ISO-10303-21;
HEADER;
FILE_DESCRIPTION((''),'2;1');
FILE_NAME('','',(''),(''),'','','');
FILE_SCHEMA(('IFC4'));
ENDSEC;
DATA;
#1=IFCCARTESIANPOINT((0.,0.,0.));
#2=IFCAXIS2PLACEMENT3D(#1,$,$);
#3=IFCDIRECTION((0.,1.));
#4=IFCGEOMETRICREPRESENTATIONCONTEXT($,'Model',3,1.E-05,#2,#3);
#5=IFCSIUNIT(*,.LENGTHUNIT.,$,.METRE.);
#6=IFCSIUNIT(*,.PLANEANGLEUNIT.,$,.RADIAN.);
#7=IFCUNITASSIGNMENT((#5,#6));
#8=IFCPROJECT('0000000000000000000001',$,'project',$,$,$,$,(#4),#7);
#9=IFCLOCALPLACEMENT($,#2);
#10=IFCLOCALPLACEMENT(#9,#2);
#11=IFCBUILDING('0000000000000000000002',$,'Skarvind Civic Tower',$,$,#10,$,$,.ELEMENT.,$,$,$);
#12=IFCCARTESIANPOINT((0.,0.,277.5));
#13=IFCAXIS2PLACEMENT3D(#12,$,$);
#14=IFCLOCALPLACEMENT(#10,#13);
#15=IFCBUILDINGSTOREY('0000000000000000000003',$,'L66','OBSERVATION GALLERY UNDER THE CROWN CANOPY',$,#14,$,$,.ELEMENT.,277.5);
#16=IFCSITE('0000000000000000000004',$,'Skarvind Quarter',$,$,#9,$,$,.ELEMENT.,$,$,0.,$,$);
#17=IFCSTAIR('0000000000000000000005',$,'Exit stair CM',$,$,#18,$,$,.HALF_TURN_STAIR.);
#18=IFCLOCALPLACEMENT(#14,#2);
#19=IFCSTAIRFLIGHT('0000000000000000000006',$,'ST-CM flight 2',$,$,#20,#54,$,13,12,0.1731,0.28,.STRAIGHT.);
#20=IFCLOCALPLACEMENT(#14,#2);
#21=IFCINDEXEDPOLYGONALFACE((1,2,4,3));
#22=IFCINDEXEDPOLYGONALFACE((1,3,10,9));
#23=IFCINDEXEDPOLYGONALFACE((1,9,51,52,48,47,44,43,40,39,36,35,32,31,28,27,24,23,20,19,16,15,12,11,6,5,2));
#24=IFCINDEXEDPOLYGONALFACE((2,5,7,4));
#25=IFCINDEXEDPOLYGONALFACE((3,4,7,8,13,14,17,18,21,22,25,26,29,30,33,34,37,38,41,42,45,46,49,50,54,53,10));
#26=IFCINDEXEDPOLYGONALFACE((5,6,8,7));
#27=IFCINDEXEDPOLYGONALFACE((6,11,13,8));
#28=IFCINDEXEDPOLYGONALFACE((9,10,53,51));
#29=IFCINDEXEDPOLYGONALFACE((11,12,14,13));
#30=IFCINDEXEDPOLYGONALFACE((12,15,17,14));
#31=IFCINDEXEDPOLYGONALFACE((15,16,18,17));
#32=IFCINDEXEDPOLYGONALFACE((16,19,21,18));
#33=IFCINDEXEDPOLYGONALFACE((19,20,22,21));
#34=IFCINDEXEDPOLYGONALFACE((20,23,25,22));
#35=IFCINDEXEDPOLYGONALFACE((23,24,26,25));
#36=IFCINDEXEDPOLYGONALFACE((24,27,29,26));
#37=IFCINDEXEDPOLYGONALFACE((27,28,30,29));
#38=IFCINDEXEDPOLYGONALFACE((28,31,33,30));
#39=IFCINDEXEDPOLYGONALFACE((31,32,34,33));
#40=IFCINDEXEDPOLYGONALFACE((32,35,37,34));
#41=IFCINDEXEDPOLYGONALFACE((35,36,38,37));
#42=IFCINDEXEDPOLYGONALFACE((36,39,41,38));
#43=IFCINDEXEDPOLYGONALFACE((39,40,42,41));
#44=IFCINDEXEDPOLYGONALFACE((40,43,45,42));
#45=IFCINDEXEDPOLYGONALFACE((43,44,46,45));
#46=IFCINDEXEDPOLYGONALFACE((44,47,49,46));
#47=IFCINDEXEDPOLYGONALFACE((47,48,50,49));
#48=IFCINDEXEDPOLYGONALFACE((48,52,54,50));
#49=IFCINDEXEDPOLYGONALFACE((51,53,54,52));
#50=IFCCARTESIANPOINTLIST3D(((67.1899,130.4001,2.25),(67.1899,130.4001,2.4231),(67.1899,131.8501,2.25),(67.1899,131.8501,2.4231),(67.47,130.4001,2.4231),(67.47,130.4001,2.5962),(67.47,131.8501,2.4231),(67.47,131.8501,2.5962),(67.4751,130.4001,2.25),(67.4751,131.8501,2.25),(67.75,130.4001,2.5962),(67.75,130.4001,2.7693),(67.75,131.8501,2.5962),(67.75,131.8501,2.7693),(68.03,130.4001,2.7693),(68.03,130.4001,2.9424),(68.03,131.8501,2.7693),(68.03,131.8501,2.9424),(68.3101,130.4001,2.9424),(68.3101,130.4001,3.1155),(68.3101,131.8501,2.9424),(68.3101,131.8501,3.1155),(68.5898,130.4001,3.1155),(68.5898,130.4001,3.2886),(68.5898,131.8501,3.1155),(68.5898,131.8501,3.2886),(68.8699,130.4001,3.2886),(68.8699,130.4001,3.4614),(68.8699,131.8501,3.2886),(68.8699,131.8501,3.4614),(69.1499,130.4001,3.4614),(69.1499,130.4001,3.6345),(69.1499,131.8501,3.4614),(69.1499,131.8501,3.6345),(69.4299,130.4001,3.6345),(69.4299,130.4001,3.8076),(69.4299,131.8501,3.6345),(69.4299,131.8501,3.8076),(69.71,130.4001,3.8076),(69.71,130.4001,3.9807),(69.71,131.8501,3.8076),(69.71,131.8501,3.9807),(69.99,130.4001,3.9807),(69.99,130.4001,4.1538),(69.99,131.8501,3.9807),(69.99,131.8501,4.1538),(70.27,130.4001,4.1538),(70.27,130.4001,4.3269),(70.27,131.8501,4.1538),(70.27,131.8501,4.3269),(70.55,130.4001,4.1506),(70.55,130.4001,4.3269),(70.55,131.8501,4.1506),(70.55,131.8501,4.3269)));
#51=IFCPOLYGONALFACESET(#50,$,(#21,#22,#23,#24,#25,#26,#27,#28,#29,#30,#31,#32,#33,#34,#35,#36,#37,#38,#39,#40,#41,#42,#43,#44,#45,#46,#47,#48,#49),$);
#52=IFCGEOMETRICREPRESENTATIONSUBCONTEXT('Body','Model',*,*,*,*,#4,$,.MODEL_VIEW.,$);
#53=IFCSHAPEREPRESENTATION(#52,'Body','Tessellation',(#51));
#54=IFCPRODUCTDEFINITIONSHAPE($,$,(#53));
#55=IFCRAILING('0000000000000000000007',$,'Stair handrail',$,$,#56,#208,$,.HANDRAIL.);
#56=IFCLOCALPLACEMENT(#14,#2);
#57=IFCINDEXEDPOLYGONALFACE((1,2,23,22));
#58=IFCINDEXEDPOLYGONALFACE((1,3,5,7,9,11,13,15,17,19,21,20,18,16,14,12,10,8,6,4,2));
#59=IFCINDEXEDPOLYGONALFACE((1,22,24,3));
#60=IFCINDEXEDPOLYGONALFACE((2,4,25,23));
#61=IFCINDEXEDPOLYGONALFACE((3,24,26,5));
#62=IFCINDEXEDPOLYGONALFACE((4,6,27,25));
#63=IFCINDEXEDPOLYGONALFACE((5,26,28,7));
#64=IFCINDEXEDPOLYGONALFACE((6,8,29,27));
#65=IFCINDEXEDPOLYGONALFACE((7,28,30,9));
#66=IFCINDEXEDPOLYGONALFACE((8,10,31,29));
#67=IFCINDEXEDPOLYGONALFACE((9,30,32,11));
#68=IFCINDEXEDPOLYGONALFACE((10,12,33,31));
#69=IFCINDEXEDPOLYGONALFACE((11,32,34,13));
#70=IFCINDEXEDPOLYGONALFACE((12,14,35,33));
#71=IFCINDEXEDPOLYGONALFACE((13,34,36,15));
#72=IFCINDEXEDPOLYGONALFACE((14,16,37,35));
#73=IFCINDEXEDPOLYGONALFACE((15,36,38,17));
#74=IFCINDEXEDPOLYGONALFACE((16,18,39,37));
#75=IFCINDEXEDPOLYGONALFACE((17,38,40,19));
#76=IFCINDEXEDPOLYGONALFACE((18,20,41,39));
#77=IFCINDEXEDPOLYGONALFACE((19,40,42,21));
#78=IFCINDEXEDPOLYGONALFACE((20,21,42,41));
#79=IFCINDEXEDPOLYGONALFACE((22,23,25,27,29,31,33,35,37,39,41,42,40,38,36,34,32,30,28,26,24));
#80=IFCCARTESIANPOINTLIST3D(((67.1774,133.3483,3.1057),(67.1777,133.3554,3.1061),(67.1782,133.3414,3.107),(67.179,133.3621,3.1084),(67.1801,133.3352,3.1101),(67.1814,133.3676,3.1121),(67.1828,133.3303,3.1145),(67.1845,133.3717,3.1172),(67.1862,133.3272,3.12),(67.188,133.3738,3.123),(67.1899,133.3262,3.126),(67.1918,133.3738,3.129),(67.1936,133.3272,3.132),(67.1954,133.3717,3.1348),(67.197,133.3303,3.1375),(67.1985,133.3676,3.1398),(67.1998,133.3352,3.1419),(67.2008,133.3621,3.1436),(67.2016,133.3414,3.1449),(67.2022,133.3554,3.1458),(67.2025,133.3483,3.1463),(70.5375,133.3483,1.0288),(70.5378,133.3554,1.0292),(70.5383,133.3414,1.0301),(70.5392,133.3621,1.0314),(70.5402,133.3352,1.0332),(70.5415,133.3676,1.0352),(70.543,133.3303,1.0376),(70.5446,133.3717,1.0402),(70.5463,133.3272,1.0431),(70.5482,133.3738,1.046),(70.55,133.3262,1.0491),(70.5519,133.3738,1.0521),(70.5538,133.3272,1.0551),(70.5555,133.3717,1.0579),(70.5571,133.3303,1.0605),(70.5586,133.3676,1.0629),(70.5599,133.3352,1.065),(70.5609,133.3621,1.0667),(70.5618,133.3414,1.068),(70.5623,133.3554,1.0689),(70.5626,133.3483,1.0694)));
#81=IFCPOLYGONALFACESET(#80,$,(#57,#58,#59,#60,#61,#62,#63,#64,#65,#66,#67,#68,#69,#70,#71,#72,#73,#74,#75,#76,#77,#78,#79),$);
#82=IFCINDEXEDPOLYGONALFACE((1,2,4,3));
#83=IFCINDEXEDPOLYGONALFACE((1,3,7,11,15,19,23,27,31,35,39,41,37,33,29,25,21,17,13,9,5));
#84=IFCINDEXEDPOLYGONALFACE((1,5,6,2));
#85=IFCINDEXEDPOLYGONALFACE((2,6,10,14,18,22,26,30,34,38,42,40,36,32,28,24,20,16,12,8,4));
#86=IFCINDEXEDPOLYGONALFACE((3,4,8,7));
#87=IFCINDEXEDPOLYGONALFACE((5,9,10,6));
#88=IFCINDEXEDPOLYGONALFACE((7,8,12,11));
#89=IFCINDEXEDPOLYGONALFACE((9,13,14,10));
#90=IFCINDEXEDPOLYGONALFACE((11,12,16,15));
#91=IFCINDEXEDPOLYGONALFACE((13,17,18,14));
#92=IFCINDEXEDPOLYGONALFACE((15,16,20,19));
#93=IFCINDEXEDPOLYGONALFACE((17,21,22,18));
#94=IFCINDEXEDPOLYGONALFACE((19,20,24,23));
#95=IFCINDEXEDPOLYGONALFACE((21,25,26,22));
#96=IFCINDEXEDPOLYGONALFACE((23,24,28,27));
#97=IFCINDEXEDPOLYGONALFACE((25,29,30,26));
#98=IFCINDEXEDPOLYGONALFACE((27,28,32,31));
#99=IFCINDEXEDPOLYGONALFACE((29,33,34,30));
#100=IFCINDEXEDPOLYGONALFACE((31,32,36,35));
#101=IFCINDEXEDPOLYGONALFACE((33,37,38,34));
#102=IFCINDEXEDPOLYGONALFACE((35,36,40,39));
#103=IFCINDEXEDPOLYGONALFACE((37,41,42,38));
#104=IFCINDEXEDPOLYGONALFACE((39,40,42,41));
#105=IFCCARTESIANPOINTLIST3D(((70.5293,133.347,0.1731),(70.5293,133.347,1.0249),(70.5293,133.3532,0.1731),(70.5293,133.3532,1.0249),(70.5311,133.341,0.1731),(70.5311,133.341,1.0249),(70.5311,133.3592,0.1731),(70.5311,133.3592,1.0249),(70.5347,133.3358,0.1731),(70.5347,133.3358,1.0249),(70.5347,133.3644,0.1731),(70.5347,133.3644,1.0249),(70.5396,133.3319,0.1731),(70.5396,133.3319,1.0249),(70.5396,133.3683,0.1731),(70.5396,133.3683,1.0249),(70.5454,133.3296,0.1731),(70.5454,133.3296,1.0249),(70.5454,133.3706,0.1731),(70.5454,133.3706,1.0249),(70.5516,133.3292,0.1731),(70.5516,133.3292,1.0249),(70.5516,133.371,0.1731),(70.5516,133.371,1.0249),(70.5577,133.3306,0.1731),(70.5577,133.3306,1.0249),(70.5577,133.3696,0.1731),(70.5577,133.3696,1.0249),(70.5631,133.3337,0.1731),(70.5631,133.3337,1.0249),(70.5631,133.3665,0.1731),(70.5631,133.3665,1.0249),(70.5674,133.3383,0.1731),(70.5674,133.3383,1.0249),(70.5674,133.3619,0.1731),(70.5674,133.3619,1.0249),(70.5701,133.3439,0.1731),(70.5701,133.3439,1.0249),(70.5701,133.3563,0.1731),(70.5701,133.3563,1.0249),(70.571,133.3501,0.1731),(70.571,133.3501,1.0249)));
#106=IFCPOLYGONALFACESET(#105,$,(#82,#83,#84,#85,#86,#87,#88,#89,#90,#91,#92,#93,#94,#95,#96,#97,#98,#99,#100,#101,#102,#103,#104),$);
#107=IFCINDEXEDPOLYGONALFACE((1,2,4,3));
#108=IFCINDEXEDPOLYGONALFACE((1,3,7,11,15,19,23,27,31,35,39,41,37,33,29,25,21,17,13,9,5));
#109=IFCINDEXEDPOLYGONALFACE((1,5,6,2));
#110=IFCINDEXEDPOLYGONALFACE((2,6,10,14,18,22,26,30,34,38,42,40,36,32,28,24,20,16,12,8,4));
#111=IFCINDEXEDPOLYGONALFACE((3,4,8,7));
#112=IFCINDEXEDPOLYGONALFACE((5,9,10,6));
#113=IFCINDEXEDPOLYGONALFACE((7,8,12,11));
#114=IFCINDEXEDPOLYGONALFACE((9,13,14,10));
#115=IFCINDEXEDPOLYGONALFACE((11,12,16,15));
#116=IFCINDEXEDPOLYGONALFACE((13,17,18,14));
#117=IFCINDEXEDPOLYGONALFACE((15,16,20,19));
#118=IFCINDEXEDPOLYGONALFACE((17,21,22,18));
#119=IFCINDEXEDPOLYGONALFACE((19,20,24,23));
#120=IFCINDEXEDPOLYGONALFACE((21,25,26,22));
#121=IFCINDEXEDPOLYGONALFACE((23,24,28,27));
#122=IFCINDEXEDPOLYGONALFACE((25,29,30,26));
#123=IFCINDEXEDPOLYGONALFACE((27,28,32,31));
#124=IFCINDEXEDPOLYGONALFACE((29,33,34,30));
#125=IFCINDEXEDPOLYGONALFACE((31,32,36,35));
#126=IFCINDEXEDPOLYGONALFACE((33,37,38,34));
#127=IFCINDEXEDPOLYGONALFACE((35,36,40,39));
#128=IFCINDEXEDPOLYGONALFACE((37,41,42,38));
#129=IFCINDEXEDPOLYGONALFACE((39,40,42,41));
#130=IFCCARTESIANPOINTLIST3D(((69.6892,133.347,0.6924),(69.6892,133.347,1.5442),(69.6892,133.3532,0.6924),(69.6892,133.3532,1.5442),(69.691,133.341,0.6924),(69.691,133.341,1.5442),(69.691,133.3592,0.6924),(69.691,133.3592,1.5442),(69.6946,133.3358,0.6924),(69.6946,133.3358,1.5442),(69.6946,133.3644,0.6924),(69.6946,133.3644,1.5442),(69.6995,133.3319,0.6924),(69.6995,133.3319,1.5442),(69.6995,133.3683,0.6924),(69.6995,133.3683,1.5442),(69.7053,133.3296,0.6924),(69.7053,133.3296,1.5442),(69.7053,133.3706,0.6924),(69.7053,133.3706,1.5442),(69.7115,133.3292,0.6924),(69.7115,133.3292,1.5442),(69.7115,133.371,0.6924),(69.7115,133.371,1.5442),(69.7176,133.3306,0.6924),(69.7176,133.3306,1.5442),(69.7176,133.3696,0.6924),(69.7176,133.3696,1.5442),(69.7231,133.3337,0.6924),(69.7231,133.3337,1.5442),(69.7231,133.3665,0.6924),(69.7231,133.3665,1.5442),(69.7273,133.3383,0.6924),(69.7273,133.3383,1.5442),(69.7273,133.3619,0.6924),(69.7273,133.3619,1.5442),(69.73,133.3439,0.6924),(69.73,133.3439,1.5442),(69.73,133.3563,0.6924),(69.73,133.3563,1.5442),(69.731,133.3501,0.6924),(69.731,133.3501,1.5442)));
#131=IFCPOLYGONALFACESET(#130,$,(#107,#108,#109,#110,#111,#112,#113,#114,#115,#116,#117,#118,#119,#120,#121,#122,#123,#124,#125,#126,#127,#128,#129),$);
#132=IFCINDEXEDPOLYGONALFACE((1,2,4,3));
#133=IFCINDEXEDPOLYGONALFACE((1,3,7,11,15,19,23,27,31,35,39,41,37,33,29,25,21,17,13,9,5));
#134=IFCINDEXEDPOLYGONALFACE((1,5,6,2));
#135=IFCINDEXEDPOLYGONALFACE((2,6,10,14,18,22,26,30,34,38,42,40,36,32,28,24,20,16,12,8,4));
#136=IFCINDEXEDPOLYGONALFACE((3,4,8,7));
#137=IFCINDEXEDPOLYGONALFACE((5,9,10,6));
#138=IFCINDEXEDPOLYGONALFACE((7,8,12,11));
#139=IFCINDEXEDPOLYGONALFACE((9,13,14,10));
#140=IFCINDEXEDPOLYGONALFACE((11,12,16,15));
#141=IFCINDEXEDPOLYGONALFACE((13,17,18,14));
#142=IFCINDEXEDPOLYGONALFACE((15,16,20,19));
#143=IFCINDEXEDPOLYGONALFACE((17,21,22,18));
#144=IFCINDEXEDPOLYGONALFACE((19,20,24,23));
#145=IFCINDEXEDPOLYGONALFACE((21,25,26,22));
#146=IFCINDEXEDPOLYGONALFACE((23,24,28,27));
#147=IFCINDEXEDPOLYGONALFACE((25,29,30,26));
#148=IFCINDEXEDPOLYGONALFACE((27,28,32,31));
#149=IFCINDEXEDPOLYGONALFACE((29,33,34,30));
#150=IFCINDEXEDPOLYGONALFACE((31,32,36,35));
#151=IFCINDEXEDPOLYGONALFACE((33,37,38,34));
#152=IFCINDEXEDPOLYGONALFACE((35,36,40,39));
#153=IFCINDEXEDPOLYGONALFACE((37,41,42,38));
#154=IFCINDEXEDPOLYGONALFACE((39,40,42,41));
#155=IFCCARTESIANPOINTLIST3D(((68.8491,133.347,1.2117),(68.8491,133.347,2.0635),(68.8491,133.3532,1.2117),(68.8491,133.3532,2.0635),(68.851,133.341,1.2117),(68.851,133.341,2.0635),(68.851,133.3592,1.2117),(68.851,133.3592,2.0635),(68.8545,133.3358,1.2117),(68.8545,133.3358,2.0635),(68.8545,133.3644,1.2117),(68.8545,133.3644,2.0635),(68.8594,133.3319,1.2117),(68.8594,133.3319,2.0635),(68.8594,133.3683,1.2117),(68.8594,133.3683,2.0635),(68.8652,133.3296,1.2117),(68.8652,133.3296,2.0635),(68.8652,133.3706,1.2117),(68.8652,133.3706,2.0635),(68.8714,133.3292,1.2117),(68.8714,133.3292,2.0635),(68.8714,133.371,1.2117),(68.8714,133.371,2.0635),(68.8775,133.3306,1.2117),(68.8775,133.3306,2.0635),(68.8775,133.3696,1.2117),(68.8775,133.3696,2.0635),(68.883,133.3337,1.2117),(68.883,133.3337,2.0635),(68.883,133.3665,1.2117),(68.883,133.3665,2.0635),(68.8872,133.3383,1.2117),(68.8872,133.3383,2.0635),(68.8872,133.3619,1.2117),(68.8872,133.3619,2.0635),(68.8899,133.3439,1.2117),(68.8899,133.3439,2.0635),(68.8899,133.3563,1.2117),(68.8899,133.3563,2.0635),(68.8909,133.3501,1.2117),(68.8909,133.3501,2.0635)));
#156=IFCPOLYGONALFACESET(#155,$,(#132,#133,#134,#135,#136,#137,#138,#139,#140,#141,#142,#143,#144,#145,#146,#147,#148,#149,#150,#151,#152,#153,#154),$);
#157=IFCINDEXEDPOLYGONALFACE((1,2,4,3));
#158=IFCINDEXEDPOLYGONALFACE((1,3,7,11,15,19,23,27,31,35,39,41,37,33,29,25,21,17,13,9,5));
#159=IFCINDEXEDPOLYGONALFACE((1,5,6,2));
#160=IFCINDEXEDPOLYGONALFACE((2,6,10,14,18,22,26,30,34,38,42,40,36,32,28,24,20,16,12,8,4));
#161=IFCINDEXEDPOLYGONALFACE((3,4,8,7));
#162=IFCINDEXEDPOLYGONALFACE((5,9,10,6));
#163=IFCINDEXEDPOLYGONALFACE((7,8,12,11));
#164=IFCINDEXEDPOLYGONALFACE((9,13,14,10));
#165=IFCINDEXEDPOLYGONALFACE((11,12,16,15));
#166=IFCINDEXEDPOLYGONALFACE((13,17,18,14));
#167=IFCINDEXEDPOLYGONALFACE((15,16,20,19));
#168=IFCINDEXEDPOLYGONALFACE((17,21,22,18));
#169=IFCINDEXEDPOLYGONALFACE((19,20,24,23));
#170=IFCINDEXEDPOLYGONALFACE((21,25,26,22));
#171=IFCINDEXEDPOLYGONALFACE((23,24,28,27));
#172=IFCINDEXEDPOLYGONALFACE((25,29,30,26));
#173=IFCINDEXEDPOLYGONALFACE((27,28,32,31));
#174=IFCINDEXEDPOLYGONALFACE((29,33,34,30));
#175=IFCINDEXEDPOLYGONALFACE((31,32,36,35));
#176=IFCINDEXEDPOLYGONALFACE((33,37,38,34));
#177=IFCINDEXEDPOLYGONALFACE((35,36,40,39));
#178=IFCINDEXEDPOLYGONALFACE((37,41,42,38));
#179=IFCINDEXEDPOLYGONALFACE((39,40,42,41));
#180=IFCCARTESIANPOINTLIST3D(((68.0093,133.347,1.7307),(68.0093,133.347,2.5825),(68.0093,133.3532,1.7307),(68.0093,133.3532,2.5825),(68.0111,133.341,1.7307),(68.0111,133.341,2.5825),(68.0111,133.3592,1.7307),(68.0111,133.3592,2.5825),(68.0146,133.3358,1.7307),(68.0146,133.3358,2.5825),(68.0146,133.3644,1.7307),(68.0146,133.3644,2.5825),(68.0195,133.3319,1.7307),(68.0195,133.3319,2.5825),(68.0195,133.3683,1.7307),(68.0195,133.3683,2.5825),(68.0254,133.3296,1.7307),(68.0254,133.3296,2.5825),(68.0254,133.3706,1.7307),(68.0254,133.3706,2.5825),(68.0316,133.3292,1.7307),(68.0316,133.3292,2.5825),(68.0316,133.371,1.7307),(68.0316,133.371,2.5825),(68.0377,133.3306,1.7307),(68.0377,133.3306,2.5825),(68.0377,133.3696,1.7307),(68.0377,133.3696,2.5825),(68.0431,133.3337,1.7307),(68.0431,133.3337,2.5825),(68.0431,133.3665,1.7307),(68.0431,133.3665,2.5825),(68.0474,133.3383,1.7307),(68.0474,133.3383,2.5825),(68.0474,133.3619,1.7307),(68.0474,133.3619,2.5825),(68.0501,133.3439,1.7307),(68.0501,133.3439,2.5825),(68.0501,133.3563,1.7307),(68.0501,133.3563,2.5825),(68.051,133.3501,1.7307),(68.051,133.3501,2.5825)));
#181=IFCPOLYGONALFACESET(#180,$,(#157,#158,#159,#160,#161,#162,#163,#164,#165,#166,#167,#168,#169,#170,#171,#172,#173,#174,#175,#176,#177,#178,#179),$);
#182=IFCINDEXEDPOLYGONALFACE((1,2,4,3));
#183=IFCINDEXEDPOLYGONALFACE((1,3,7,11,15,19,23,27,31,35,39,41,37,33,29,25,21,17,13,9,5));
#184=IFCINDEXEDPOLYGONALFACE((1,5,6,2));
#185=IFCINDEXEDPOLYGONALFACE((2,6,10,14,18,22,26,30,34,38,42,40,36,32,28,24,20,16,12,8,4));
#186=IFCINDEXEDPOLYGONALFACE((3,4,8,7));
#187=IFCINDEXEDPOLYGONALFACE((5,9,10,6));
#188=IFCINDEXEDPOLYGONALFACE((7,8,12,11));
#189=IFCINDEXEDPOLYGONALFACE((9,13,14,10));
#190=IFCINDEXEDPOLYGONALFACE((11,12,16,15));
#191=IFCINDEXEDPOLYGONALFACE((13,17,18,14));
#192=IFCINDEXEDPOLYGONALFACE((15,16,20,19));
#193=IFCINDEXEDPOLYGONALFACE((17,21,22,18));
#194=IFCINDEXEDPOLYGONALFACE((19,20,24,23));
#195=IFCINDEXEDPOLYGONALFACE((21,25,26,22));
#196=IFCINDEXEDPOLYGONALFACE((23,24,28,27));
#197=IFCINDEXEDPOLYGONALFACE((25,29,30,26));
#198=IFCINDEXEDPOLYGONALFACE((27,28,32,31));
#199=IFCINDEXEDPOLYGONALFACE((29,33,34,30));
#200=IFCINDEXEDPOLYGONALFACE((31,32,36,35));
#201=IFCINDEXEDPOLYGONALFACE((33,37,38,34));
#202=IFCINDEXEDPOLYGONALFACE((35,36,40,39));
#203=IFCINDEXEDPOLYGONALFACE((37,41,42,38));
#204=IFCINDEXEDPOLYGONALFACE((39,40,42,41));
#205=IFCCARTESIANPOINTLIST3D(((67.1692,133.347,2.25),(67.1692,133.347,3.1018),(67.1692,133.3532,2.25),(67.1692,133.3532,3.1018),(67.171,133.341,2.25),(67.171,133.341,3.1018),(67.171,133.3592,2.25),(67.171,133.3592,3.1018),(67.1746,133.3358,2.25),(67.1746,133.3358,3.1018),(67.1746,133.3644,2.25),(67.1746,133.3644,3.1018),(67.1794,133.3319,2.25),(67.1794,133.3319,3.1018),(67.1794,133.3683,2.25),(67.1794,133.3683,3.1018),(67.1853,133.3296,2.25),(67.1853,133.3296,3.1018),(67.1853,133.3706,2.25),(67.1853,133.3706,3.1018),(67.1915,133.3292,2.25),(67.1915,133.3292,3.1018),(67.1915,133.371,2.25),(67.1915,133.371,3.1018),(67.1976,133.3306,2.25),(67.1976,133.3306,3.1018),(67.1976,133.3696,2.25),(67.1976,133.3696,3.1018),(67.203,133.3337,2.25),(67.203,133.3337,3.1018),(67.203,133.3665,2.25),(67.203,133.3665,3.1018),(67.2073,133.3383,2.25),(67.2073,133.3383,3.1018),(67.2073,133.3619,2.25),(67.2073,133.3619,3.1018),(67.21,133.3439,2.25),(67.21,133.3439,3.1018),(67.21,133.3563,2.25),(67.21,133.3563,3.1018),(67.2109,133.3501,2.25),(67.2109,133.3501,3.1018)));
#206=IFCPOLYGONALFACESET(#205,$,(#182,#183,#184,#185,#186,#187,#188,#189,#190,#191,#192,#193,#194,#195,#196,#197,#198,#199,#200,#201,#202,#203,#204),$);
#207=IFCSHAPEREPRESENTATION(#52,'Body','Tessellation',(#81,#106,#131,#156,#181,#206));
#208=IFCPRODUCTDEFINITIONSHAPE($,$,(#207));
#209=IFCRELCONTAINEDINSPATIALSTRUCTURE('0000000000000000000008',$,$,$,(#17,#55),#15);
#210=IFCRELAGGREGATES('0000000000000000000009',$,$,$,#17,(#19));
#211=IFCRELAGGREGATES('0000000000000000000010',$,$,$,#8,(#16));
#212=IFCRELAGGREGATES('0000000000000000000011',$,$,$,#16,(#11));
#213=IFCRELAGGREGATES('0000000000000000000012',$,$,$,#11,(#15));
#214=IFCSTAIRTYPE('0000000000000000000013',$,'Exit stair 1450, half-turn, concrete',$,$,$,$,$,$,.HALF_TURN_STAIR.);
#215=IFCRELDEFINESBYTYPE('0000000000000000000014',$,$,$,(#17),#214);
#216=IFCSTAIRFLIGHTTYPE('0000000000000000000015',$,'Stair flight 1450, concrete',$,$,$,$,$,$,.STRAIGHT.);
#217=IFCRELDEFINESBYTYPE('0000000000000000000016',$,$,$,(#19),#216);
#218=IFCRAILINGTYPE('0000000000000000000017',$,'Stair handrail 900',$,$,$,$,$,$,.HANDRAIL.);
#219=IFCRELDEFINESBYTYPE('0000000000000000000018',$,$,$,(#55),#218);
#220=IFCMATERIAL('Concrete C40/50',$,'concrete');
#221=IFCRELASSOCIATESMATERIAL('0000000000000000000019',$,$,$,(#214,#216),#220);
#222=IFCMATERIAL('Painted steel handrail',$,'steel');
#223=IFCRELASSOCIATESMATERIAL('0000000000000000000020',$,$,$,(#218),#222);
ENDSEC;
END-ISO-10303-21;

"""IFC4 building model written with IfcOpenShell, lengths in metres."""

from ifc_helpers import new_model, si_unit, direction, frame, origin, origin_2d, place, context, subcontext, project, spatial, polyline, circle, outline, extrude, material, type_object, element, aggregate, save


model = new_model("IFC4")

# Units and contexts
model_context = context("Model", 3, precision=1e-05, world=origin(), true_north=direction((0.0, 1.0)))
body_context = subcontext(model_context, "Body", "Model", "MODEL_VIEW")
ifc_project = project(units=[si_unit("LENGTHUNIT", "METRE"), si_unit("PLANEANGLEUNIT", "RADIAN")], contexts=[model_context])

# Site, building, storey
site_placement = place(None, origin())
site = spatial("IfcSite", under=ifc_project, at=site_placement, Name="Skarvind Quarter", CompositionType="ELEMENT", RefElevation=0.0)
building_placement = place(site_placement, origin())
building = spatial("IfcBuilding", under=site, at=building_placement, Name="Skarvind Civic Tower", CompositionType="ELEMENT")
storey_placement = place(building_placement, frame((0.0, 0.0, 277.5)))
storey = spatial("IfcBuildingStorey", under=building, at=storey_placement, Name="L66", Description="OBSERVATION GALLERY UNDER THE CROWN CANOPY", CompositionType="ELEMENT", Elevation=277.5)

# Stair, stair flight
ifc_material_1 = material(Name="Concrete C40/50", Category="concrete")
stair_type = type_object("IfcStairType", Name="Exit stair 1450, half-turn, concrete", PredefinedType="HALF_TURN_STAIR", material=ifc_material_1)
stair_placement = place(storey_placement, origin())
stair = element("IfcStair", 1, at=stair_placement, inside=storey, type_object=stair_type, Name="Exit stair CM", PredefinedType="HALF_TURN_STAIR")
stair_flight_type = type_object("IfcStairFlightType", Name="Stair flight 1450, concrete", PredefinedType="STRAIGHT", material=ifc_material_1)
stair_flight_1_placement = place(storey_placement, frame((67.1899, 131.125, 2.25), z_axis=(0.0, 0.0, 1.0), x_axis=(1.0, 0.0, 0.0)))
stair_flight_1 = element("IfcStairFlight", 2, at=stair_flight_1_placement, type_object=stair_flight_type, Name="ST-CM flight 2", NumberOfRisers=13, NumberOfTreads=12, PredefinedType="STRAIGHT", RiserHeight=0.1731, TreadLength=0.28, context=body_context, shape_type="SweptSolid", body=[
    extrude(outline(polyline([(0.0, 0.0), (0.0, 0.1731), (0.28, 0.1731), (0.28, 0.3462), (0.5601, 0.3462), (0.5601, 0.5193), (0.8401, 0.5193), (0.8401, 0.6924), (1.1201, 0.6924), (1.1201, 0.8655), (1.3999, 0.8655), (1.3999, 1.0386), (1.6799, 1.0386), (1.6799, 1.2114), (1.96, 1.2114), (1.96, 1.3845), (2.24, 1.3845), (2.24, 1.5576), (2.52, 1.5576), (2.52, 1.7307), (2.8, 1.7307), (2.8, 1.9038), (3.0801, 1.9038), (3.0801, 2.0769), (3.3601, 2.0769), (3.3601, 2.25), (3.3601, 1.9006), (0.2852, 0.0), (0.0, 0.0)])), frame((0.0, 0.7251, 0.0), z_axis=(0.0, -1.0, 0.0), x_axis=(1.0, 0.0, 0.0)), (0.0, 0.0, 1.0), 1.45),
])
aggregate(stair, [stair_flight_1])

# Railing
ifc_material_2 = material(Name="Painted steel handrail", Category="steel")
railing_type = type_object("IfcRailingType", Name="Stair handrail 900", PredefinedType="HANDRAIL", material=ifc_material_2)
railing_1_placement = place(storey_placement, frame((70.55, 133.3501, 0.1731)))
element("IfcRailing", 3, at=railing_1_placement, inside=storey, type_object=railing_type, Name="Stair handrail", PredefinedType="HANDRAIL", context=body_context, shape_type="SweptSolid", body=[
    extrude(circle(Radius=0.0239, at=origin_2d()), frame((0.0, 0.0, 0.876), z_axis=(-0.850623, 0.0, 0.525776), x_axis=(0.0, -1.0, 0.0)), (0.0, 0.0, 1.0), 3.9502),
    extrude(circle(Radius=0.021, at=origin_2d()), origin(), (0.0, 0.0, 1.0), 0.8518),
    extrude(circle(Radius=0.021, at=origin_2d()), frame((-0.8401, 0.0, 0.5193)), (0.0, 0.0, 1.0), 0.8518),
    extrude(circle(Radius=0.021, at=origin_2d()), frame((-1.6802, 0.0, 1.0386)), (0.0, 0.0, 1.0), 0.8518),
    extrude(circle(Radius=0.021, at=origin_2d()), frame((-2.52, 0.0, 1.5576)), (0.0, 0.0, 1.0), 0.8518),
    extrude(circle(Radius=0.021, at=origin_2d()), frame((-3.3601, 0.0, 2.0769)), (0.0, 0.0, 1.0), 0.8518),
])

save(model, "model.ifc")
